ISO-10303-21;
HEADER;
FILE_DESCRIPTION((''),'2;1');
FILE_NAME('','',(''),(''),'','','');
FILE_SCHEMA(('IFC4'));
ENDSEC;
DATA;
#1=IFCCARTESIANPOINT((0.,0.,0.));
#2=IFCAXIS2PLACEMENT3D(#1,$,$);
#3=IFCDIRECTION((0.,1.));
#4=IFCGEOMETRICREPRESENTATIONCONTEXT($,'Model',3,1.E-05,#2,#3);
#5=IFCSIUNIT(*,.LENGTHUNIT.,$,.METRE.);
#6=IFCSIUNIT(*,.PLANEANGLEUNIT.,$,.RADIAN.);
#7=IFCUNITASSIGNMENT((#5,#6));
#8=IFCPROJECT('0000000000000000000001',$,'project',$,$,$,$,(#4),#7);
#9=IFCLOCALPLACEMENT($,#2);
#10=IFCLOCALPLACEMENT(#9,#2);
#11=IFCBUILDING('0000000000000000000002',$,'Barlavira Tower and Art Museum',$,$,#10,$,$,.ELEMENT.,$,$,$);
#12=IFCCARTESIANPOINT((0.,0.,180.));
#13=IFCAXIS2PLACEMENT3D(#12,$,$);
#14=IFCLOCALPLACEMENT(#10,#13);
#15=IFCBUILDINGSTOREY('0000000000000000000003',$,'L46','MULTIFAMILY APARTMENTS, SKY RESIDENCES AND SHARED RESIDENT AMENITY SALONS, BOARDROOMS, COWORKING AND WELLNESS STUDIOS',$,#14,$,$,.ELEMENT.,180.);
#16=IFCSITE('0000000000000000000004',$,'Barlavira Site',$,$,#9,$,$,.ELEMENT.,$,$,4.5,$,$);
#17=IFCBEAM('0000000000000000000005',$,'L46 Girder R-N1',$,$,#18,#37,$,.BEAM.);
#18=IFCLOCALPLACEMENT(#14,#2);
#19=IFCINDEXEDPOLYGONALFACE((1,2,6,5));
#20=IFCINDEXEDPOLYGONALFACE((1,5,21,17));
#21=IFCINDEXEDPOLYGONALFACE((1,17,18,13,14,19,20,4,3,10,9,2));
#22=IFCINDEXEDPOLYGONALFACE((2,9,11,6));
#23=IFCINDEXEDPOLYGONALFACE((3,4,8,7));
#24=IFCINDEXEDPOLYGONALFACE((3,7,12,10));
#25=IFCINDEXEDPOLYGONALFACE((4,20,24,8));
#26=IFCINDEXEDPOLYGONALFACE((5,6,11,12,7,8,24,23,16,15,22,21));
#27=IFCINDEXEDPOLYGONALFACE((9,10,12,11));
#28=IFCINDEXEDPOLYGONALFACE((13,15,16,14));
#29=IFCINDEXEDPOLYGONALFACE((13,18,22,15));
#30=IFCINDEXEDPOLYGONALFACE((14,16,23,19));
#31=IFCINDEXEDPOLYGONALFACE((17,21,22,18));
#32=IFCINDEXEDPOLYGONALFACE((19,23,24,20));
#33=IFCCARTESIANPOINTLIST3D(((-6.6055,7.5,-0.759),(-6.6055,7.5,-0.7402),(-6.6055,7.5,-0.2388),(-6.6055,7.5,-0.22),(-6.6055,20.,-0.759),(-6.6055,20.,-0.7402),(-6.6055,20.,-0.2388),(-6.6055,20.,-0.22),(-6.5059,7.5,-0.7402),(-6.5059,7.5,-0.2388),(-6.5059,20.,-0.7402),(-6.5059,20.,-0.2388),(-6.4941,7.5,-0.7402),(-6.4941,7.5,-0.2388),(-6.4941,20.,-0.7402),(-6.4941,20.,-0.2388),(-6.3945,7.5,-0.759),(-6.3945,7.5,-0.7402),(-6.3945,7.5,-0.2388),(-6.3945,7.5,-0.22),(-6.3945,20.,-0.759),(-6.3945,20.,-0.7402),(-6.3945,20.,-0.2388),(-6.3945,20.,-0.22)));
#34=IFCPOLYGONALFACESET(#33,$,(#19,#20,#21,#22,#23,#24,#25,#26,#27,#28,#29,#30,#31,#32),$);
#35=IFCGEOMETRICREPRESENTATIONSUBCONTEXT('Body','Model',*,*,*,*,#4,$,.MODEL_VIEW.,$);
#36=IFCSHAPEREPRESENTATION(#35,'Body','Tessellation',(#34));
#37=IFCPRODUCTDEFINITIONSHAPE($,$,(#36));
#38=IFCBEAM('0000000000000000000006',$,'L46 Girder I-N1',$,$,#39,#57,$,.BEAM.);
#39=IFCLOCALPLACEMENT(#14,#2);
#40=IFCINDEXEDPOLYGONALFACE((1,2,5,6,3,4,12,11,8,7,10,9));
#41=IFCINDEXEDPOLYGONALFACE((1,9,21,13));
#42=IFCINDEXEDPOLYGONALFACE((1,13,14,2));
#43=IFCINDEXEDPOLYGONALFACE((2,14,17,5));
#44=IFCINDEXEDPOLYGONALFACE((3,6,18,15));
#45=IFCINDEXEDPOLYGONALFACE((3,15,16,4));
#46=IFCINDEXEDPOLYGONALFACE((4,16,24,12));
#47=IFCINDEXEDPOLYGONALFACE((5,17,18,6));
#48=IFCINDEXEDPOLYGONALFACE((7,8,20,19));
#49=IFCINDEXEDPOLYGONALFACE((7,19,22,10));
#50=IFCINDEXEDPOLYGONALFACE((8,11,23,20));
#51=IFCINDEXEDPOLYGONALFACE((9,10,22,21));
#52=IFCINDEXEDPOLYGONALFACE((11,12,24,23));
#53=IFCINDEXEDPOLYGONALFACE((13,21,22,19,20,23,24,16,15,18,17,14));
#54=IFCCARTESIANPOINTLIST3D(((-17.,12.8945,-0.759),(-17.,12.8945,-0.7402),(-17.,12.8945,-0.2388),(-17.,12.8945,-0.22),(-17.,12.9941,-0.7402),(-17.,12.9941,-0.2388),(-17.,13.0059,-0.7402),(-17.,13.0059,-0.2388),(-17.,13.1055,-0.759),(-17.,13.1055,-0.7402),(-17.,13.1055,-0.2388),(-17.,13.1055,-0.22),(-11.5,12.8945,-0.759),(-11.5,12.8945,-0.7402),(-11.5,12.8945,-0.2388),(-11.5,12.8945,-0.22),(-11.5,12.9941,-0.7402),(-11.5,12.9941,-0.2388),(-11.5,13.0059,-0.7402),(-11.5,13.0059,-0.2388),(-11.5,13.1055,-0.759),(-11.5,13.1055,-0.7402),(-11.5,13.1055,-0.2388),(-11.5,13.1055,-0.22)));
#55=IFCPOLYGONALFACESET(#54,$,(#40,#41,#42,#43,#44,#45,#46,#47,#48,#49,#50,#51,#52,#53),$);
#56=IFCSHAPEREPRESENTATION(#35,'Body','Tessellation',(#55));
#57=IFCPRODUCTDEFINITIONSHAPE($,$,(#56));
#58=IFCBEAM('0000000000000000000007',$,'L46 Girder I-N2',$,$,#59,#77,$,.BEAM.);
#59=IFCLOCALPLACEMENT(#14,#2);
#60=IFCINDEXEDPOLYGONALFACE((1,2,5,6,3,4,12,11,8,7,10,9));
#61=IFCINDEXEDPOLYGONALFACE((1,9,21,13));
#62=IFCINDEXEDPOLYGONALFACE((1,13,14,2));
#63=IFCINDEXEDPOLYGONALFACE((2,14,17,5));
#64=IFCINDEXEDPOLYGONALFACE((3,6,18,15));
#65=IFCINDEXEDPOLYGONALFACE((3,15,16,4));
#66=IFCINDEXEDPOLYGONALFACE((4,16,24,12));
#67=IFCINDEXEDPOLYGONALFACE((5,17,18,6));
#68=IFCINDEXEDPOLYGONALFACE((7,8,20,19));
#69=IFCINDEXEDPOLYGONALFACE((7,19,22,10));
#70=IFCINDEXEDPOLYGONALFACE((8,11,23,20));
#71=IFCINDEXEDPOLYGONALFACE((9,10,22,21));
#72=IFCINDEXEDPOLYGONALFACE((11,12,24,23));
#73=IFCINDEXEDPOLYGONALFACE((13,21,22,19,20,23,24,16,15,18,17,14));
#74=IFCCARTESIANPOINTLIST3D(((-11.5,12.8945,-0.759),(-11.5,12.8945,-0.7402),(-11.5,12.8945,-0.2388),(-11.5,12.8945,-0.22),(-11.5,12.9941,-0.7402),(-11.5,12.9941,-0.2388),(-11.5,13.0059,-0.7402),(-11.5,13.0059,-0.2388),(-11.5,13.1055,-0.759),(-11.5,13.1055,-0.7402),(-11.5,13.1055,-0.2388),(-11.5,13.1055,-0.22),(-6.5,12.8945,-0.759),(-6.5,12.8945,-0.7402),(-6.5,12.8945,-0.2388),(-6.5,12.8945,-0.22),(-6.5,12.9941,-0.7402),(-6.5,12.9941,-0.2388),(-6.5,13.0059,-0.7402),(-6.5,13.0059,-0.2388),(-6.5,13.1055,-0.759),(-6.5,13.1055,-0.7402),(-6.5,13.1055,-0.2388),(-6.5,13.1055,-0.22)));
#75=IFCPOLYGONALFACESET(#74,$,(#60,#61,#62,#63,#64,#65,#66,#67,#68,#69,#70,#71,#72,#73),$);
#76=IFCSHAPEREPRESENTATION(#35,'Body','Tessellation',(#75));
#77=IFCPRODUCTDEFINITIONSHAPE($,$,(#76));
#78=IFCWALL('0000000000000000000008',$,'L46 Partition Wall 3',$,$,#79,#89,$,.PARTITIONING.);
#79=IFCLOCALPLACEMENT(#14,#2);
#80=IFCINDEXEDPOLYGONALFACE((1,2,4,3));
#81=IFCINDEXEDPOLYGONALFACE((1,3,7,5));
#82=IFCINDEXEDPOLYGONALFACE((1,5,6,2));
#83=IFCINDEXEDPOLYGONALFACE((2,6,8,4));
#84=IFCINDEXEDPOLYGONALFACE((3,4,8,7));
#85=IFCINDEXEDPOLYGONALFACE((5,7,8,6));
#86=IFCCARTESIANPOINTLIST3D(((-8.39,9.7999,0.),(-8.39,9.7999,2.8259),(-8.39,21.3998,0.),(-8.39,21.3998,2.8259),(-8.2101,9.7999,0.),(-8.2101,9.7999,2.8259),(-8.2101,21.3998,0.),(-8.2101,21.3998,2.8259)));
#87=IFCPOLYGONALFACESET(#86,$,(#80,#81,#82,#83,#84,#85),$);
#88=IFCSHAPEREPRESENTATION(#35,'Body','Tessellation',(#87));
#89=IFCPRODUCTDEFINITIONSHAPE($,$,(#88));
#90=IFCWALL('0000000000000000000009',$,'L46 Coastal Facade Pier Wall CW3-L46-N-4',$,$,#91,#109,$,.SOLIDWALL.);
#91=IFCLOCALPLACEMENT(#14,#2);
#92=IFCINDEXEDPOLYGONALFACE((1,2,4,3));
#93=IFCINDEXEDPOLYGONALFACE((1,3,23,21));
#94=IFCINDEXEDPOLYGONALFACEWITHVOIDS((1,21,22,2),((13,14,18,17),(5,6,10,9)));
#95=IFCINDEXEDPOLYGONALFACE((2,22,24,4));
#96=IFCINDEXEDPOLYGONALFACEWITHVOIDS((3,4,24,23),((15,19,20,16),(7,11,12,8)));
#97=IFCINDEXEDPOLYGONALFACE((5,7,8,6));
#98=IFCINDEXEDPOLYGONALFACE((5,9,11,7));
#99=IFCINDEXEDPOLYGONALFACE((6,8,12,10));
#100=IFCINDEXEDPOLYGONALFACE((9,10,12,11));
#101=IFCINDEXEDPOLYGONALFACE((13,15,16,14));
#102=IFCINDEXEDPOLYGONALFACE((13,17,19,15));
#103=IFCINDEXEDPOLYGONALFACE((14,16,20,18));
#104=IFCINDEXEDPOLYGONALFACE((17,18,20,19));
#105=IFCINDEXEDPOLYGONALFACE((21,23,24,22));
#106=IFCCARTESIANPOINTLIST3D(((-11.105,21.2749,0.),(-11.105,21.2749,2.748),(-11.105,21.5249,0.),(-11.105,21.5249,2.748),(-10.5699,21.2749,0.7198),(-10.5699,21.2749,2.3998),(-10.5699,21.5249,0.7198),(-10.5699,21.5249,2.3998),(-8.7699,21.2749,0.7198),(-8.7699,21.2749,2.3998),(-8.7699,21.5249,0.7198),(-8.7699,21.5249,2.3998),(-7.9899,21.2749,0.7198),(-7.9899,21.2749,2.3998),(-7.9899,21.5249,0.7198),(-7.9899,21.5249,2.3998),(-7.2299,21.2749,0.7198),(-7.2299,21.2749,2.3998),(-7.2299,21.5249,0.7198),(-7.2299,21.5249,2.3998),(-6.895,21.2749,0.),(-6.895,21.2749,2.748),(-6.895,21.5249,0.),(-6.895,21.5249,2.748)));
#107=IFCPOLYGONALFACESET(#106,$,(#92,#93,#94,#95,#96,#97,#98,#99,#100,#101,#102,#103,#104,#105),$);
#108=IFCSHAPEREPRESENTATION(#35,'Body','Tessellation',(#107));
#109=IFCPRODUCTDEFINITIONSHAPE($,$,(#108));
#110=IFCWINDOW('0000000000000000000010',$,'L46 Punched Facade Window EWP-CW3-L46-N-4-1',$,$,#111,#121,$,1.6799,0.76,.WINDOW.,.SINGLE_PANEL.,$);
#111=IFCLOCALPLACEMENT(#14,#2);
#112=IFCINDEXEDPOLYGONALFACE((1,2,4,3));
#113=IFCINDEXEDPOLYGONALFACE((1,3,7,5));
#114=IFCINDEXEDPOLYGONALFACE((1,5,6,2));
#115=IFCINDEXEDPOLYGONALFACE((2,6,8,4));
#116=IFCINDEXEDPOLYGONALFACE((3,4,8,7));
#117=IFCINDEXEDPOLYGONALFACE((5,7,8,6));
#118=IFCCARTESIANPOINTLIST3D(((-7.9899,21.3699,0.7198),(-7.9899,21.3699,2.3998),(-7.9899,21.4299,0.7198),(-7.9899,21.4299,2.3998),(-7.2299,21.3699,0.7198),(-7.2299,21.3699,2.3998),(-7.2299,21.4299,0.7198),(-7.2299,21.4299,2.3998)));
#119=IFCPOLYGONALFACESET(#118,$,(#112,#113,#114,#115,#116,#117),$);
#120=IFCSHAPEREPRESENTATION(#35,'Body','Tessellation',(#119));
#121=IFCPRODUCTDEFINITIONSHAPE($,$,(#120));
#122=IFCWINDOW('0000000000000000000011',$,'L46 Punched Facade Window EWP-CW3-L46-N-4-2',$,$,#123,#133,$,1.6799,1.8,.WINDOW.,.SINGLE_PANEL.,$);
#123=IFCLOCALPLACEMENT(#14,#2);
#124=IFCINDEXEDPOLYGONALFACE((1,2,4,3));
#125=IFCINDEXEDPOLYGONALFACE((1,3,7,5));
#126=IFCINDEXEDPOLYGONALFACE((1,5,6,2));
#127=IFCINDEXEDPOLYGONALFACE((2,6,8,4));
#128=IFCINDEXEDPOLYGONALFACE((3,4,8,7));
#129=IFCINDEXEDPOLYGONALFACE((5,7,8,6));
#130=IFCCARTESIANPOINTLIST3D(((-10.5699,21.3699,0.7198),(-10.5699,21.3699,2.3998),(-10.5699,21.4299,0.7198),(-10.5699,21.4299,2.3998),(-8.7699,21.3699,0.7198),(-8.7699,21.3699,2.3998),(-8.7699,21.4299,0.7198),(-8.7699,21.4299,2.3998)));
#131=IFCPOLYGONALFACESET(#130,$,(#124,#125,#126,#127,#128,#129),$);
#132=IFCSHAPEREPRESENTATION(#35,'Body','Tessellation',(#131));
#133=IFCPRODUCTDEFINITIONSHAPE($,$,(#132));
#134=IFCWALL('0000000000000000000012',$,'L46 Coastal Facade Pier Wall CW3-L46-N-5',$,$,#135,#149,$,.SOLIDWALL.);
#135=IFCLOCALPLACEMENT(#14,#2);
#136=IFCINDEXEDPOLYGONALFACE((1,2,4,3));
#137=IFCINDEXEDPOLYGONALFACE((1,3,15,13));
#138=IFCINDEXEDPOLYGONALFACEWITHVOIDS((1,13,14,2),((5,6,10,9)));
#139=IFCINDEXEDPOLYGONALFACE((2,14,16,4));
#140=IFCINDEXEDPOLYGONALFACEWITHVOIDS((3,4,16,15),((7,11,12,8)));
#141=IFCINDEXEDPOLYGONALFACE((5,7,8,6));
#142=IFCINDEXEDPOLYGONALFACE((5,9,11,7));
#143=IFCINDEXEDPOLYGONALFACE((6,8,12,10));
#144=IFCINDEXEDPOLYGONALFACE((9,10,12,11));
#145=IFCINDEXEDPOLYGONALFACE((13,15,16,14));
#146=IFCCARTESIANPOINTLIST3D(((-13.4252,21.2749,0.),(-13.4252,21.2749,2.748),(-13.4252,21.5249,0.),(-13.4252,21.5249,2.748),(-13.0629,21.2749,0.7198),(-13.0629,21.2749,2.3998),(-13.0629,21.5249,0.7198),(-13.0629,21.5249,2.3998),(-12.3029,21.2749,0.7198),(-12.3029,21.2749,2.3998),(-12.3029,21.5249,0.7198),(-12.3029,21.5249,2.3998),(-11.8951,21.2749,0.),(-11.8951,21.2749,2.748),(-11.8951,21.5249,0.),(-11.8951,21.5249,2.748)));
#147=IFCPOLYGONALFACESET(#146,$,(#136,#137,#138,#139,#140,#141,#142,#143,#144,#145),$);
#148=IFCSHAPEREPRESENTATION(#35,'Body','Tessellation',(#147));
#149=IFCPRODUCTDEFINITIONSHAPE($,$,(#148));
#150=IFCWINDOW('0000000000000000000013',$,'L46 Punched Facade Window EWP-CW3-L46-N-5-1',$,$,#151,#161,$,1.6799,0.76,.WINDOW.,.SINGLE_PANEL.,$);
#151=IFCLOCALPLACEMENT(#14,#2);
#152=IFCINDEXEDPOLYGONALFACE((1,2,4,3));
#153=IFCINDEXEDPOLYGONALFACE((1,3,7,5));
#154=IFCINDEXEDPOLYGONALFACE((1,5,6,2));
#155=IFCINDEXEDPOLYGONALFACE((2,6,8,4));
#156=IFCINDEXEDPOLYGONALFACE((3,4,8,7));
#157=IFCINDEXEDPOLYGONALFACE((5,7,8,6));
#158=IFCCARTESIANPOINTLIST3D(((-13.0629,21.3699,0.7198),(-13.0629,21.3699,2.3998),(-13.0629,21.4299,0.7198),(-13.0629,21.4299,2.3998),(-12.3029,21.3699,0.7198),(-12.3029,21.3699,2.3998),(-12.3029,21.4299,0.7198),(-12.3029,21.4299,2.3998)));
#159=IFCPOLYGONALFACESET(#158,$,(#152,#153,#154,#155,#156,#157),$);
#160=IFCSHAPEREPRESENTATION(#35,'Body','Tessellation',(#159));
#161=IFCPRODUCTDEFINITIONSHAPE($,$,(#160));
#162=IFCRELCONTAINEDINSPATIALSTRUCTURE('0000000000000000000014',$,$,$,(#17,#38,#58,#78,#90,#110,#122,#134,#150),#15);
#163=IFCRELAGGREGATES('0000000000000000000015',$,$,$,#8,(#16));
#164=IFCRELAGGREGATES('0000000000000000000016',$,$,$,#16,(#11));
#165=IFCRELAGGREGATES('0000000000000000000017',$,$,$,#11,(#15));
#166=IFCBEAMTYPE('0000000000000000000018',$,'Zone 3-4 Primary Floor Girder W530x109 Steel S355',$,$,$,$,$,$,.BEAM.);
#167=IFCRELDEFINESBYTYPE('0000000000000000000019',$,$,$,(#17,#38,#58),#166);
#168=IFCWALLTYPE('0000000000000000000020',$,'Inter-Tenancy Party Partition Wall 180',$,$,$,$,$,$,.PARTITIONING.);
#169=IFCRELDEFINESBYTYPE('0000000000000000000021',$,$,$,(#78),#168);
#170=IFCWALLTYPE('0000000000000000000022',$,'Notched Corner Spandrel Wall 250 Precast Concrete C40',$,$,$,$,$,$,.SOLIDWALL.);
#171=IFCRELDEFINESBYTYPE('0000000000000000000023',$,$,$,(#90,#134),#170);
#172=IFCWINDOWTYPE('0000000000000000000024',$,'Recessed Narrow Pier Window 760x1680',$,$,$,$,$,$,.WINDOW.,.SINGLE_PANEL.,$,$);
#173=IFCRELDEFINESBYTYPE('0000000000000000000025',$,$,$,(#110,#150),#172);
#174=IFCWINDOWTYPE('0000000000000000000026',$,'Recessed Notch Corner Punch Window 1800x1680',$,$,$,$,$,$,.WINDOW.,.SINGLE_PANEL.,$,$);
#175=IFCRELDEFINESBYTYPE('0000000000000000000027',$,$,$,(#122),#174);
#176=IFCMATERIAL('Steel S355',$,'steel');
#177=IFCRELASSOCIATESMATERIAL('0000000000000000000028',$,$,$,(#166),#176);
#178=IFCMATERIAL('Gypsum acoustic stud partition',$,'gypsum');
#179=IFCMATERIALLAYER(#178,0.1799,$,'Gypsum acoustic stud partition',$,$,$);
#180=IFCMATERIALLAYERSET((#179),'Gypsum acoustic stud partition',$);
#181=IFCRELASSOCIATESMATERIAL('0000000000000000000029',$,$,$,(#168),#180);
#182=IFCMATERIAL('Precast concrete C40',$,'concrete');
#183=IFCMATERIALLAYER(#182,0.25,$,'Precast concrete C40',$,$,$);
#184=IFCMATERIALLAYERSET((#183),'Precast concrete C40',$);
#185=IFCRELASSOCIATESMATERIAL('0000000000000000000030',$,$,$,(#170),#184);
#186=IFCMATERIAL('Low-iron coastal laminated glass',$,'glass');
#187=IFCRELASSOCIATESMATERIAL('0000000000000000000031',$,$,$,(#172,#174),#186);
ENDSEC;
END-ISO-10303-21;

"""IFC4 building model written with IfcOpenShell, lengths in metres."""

from ifc_helpers import new_model, si_unit, direction, frame, frame_2d, origin, origin_2d, place, context, subcontext, project, spatial, rectangle, i_section, extrude, material, layer, layer_set, material_profile, profile_set, type_object, element, fill, save


model = new_model("IFC4")

# Units and contexts
model_context = context("Model", 3, precision=1e-05, world=origin(), true_north=direction((0.0, 1.0)))
body_context = subcontext(model_context, "Body", "Model", "MODEL_VIEW")
ifc_project = project(units=[si_unit("LENGTHUNIT", "METRE"), si_unit("PLANEANGLEUNIT", "RADIAN")], contexts=[model_context])

# Site, building, storey
site_placement = place(None, origin())
site = spatial("IfcSite", under=ifc_project, at=site_placement, Name="Barlavira Site", CompositionType="ELEMENT", RefElevation=4.5)
building_placement = place(site_placement, origin())
building = spatial("IfcBuilding", under=site, at=building_placement, Name="Barlavira Tower and Art Museum", CompositionType="ELEMENT")
storey_placement = place(building_placement, frame((0.0, 0.0, 180.0)))
storey = spatial("IfcBuildingStorey", under=building, at=storey_placement, Name="L46", Description="MULTIFAMILY APARTMENTS, SKY RESIDENCES AND SHARED RESIDENT AMENITY SALONS, BOARDROOMS, COWORKING AND WELLNESS STUDIOS", CompositionType="ELEMENT", Elevation=180.0)

# Beams
ifc_material_1 = material(Name="Steel S355", Category="steel")
ifc_material_profile_1 = material_profile(ifc_material_1, i_section(OverallWidth=0.2109, OverallDepth=0.5391, WebThickness=0.0117, FlangeThickness=0.0188, at=origin_2d()), Name="W530x109.0")
ifc_profile_set_1 = profile_set([ifc_material_profile_1], Name="Steel S355")
beam_type_1 = type_object("IfcBeamType", Name="Zone 3-4 Primary Floor Girder W530x109 Steel S355", PredefinedType="BEAM", material=ifc_profile_set_1)
beam_1_placement = place(storey_placement, frame((-6.5, 7.5, -0.4895), z_axis=(0.0, 1.0, 0.0), x_axis=(-1.0, 0.0, 0.0)))
element("IfcBeam", 1, at=beam_1_placement, inside=storey, type_object=beam_type_1, Name="L46 Girder R-N1", PredefinedType="BEAM", context=body_context, shape_type="SweptSolid", body=[
    extrude(i_section(OverallWidth=0.2109, OverallDepth=0.5391, WebThickness=0.0117, FlangeThickness=0.0188, at=origin_2d()), origin(), (0.0, 0.0, 1.0), 12.5),
])
beam_2_placement = place(storey_placement, frame((-17.0, 13.0, -0.4895), z_axis=(1.0, 0.0, 0.0), x_axis=(0.0, 1.0, 0.0)))
element("IfcBeam", 2, at=beam_2_placement, inside=storey, type_object=beam_type_1, Name="L46 Girder I-N1", PredefinedType="BEAM", context=body_context, shape_type="SweptSolid", body=[
    extrude(i_section(OverallWidth=0.2109, OverallDepth=0.5391, WebThickness=0.0117, FlangeThickness=0.0188, at=origin_2d()), origin(), (0.0, 0.0, 1.0), 5.5),
])
beam_3_placement = place(storey_placement, frame((-11.5, 13.0, -0.4895), z_axis=(1.0, 0.0, 0.0), x_axis=(0.0, 1.0, 0.0)))
element("IfcBeam", 3, at=beam_3_placement, inside=storey, type_object=beam_type_1, Name="L46 Girder I-N2", PredefinedType="BEAM", context=body_context, shape_type="SweptSolid", body=[
    extrude(i_section(OverallWidth=0.2109, OverallDepth=0.5391, WebThickness=0.0117, FlangeThickness=0.0188, at=origin_2d()), origin(), (0.0, 0.0, 1.0), 5.0),
])

# Wall
ifc_material_2 = material(Name="Gypsum acoustic stud partition", Category="gypsum")
ifc_layer_1 = layer(ifc_material_2, 0.1799, Name="Gypsum acoustic stud partition")
ifc_layer_set_1 = layer_set([ifc_layer_1], Name="Gypsum acoustic stud partition")
wall_type_1 = type_object("IfcWallType", Name="Inter-Tenancy Party Partition Wall 180", PredefinedType="PARTITIONING", material=ifc_layer_set_1)
wall_1_placement = place(storey_placement, frame((-8.3, 9.8, 0.0), z_axis=(0.0, 0.0, 1.0), x_axis=(0.0, 1.0, 0.0)))
element("IfcWall", 4, at=wall_1_placement, inside=storey, type_object=wall_type_1, Name="L46 Partition Wall 3", PredefinedType="PARTITIONING", context=body_context, shape_type="SweptSolid", body=[
    extrude(rectangle(XDim=11.5999, YDim=0.1799, at=frame_2d((5.7998, 0.0))), origin(), (0.0, 0.0, 1.0), 2.8259),
])

# Wall, openings, windows
ifc_material_3 = material(Name="Precast concrete C40", Category="concrete")
ifc_layer_2 = layer(ifc_material_3, 0.25, Name="Precast concrete C40")
ifc_layer_set_2 = layer_set([ifc_layer_2], Name="Precast concrete C40")
wall_type_2 = type_object("IfcWallType", Name="Notched Corner Spandrel Wall 250 Precast Concrete C40", PredefinedType="SOLIDWALL", material=ifc_layer_set_2)
wall_2_placement = place(storey_placement, frame((-6.895, 21.3999, 0.0), z_axis=(0.0, 0.0, 1.0), x_axis=(-1.0, 0.0, 0.0)))
wall_2 = element("IfcWall", 5, at=wall_2_placement, inside=storey, type_object=wall_type_2, Name="L46 Coastal Facade Pier Wall CW3-L46-N-4", PredefinedType="SOLIDWALL", context=body_context, shape_type="SweptSolid", body=[
    extrude(rectangle(XDim=4.21, YDim=0.25, at=frame_2d((2.105, 0.0))), origin(), (0.0, 0.0, 1.0), 2.748),
])
opening_1_placement = place(wall_2_placement, frame((0.335, 0.0, 0.72)))
opening_1 = element("IfcOpeningElement", 6, at=opening_1_placement, cuts=wall_2, PredefinedType="OPENING", context=body_context, shape_type="SweptSolid", body=[
    extrude(rectangle(XDim=0.76, YDim=1.6799, at=frame_2d((0.3799, 0.8398))), frame((0.0, 0.135, 0.0), z_axis=(0.0, -1.0, 0.0), x_axis=(1.0, 0.0, 0.0)), (0.0, 0.0, 1.0), 0.27),
])
opening_2_placement = place(wall_2_placement, frame((1.875, 0.0, 0.72)))
opening_2 = element("IfcOpeningElement", 7, at=opening_2_placement, cuts=wall_2, PredefinedType="OPENING", context=body_context, shape_type="SweptSolid", body=[
    extrude(rectangle(XDim=1.8, YDim=1.6799, at=frame_2d((0.8999, 0.8398))), frame((0.0, 0.135, 0.0), z_axis=(0.0, -1.0, 0.0), x_axis=(1.0, 0.0, 0.0)), (0.0, 0.0, 1.0), 0.27),
])
ifc_material_4 = material(Name="Low-iron coastal laminated glass", Category="glass")
window_type_1 = type_object("IfcWindowType", Name="Recessed Narrow Pier Window 760x1680", PartitioningType="SINGLE_PANEL", PredefinedType="WINDOW", material=ifc_material_4)
window_1_placement = place(opening_1_placement, origin())
window_1 = element("IfcWindow", 8, at=window_1_placement, inside=storey, type_object=window_type_1, Name="L46 Punched Facade Window EWP-CW3-L46-N-4-1", OverallHeight=1.6799, OverallWidth=0.76, PartitioningType="SINGLE_PANEL", PredefinedType="WINDOW", context=body_context, shape_type="SweptSolid", body=[
    extrude(rectangle(XDim=0.76, YDim=1.6799, at=frame_2d((0.3799, 0.8398))), frame((0.0, 0.03, 0.0), z_axis=(0.0, -1.0, 0.0), x_axis=(1.0, 0.0, 0.0)), (0.0, 0.0, 1.0), 0.0601),
])
fill(opening_1, window_1)
window_type_2 = type_object("IfcWindowType", Name="Recessed Notch Corner Punch Window 1800x1680", PartitioningType="SINGLE_PANEL", PredefinedType="WINDOW", material=ifc_material_4)
window_2_placement = place(opening_2_placement, origin())
window_2 = element("IfcWindow", 9, at=window_2_placement, inside=storey, type_object=window_type_2, Name="L46 Punched Facade Window EWP-CW3-L46-N-4-2", OverallHeight=1.6799, OverallWidth=1.8, PartitioningType="SINGLE_PANEL", PredefinedType="WINDOW", context=body_context, shape_type="SweptSolid", body=[
    extrude(rectangle(XDim=1.8, YDim=1.6799, at=frame_2d((0.8999, 0.8398))), frame((0.0, 0.03, 0.0), z_axis=(0.0, -1.0, 0.0), x_axis=(1.0, 0.0, 0.0)), (0.0, 0.0, 1.0), 0.0601),
])
fill(opening_2, window_2)

# Wall, opening, window
wall_3_placement = place(storey_placement, frame((-11.895, 21.3999, 0.0), z_axis=(0.0, 0.0, 1.0), x_axis=(-1.0, 0.0, 0.0)))
wall_3 = element("IfcWall", 10, at=wall_3_placement, inside=storey, type_object=wall_type_2, Name="L46 Coastal Facade Pier Wall CW3-L46-N-5", PredefinedType="SOLIDWALL", context=body_context, shape_type="SweptSolid", body=[
    extrude(rectangle(XDim=1.53, YDim=0.25, at=frame_2d((0.7651, 0.0))), origin(), (0.0, 0.0, 1.0), 2.748),
])
opening_3_placement = place(wall_3_placement, frame((0.408, 0.0, 0.72)))
opening_3 = element("IfcOpeningElement", 11, at=opening_3_placement, cuts=wall_3, PredefinedType="OPENING", context=body_context, shape_type="SweptSolid", body=[
    extrude(rectangle(XDim=0.76, YDim=1.6799, at=frame_2d((0.3799, 0.8398))), frame((0.0, 0.135, 0.0), z_axis=(0.0, -1.0, 0.0), x_axis=(1.0, 0.0, 0.0)), (0.0, 0.0, 1.0), 0.27),
])
window_3_placement = place(opening_3_placement, origin())
window_3 = element("IfcWindow", 12, at=window_3_placement, inside=storey, type_object=window_type_1, Name="L46 Punched Facade Window EWP-CW3-L46-N-5-1", OverallHeight=1.6799, OverallWidth=0.76, PartitioningType="SINGLE_PANEL", PredefinedType="WINDOW", context=body_context, shape_type="SweptSolid", body=[
    extrude(rectangle(XDim=0.76, YDim=1.6799, at=frame_2d((0.3799, 0.8398))), frame((0.0, 0.03, 0.0), z_axis=(0.0, -1.0, 0.0), x_axis=(1.0, 0.0, 0.0)), (0.0, 0.0, 1.0), 0.0601),
])
fill(opening_3, window_3)

save(model, "model.ifc")
